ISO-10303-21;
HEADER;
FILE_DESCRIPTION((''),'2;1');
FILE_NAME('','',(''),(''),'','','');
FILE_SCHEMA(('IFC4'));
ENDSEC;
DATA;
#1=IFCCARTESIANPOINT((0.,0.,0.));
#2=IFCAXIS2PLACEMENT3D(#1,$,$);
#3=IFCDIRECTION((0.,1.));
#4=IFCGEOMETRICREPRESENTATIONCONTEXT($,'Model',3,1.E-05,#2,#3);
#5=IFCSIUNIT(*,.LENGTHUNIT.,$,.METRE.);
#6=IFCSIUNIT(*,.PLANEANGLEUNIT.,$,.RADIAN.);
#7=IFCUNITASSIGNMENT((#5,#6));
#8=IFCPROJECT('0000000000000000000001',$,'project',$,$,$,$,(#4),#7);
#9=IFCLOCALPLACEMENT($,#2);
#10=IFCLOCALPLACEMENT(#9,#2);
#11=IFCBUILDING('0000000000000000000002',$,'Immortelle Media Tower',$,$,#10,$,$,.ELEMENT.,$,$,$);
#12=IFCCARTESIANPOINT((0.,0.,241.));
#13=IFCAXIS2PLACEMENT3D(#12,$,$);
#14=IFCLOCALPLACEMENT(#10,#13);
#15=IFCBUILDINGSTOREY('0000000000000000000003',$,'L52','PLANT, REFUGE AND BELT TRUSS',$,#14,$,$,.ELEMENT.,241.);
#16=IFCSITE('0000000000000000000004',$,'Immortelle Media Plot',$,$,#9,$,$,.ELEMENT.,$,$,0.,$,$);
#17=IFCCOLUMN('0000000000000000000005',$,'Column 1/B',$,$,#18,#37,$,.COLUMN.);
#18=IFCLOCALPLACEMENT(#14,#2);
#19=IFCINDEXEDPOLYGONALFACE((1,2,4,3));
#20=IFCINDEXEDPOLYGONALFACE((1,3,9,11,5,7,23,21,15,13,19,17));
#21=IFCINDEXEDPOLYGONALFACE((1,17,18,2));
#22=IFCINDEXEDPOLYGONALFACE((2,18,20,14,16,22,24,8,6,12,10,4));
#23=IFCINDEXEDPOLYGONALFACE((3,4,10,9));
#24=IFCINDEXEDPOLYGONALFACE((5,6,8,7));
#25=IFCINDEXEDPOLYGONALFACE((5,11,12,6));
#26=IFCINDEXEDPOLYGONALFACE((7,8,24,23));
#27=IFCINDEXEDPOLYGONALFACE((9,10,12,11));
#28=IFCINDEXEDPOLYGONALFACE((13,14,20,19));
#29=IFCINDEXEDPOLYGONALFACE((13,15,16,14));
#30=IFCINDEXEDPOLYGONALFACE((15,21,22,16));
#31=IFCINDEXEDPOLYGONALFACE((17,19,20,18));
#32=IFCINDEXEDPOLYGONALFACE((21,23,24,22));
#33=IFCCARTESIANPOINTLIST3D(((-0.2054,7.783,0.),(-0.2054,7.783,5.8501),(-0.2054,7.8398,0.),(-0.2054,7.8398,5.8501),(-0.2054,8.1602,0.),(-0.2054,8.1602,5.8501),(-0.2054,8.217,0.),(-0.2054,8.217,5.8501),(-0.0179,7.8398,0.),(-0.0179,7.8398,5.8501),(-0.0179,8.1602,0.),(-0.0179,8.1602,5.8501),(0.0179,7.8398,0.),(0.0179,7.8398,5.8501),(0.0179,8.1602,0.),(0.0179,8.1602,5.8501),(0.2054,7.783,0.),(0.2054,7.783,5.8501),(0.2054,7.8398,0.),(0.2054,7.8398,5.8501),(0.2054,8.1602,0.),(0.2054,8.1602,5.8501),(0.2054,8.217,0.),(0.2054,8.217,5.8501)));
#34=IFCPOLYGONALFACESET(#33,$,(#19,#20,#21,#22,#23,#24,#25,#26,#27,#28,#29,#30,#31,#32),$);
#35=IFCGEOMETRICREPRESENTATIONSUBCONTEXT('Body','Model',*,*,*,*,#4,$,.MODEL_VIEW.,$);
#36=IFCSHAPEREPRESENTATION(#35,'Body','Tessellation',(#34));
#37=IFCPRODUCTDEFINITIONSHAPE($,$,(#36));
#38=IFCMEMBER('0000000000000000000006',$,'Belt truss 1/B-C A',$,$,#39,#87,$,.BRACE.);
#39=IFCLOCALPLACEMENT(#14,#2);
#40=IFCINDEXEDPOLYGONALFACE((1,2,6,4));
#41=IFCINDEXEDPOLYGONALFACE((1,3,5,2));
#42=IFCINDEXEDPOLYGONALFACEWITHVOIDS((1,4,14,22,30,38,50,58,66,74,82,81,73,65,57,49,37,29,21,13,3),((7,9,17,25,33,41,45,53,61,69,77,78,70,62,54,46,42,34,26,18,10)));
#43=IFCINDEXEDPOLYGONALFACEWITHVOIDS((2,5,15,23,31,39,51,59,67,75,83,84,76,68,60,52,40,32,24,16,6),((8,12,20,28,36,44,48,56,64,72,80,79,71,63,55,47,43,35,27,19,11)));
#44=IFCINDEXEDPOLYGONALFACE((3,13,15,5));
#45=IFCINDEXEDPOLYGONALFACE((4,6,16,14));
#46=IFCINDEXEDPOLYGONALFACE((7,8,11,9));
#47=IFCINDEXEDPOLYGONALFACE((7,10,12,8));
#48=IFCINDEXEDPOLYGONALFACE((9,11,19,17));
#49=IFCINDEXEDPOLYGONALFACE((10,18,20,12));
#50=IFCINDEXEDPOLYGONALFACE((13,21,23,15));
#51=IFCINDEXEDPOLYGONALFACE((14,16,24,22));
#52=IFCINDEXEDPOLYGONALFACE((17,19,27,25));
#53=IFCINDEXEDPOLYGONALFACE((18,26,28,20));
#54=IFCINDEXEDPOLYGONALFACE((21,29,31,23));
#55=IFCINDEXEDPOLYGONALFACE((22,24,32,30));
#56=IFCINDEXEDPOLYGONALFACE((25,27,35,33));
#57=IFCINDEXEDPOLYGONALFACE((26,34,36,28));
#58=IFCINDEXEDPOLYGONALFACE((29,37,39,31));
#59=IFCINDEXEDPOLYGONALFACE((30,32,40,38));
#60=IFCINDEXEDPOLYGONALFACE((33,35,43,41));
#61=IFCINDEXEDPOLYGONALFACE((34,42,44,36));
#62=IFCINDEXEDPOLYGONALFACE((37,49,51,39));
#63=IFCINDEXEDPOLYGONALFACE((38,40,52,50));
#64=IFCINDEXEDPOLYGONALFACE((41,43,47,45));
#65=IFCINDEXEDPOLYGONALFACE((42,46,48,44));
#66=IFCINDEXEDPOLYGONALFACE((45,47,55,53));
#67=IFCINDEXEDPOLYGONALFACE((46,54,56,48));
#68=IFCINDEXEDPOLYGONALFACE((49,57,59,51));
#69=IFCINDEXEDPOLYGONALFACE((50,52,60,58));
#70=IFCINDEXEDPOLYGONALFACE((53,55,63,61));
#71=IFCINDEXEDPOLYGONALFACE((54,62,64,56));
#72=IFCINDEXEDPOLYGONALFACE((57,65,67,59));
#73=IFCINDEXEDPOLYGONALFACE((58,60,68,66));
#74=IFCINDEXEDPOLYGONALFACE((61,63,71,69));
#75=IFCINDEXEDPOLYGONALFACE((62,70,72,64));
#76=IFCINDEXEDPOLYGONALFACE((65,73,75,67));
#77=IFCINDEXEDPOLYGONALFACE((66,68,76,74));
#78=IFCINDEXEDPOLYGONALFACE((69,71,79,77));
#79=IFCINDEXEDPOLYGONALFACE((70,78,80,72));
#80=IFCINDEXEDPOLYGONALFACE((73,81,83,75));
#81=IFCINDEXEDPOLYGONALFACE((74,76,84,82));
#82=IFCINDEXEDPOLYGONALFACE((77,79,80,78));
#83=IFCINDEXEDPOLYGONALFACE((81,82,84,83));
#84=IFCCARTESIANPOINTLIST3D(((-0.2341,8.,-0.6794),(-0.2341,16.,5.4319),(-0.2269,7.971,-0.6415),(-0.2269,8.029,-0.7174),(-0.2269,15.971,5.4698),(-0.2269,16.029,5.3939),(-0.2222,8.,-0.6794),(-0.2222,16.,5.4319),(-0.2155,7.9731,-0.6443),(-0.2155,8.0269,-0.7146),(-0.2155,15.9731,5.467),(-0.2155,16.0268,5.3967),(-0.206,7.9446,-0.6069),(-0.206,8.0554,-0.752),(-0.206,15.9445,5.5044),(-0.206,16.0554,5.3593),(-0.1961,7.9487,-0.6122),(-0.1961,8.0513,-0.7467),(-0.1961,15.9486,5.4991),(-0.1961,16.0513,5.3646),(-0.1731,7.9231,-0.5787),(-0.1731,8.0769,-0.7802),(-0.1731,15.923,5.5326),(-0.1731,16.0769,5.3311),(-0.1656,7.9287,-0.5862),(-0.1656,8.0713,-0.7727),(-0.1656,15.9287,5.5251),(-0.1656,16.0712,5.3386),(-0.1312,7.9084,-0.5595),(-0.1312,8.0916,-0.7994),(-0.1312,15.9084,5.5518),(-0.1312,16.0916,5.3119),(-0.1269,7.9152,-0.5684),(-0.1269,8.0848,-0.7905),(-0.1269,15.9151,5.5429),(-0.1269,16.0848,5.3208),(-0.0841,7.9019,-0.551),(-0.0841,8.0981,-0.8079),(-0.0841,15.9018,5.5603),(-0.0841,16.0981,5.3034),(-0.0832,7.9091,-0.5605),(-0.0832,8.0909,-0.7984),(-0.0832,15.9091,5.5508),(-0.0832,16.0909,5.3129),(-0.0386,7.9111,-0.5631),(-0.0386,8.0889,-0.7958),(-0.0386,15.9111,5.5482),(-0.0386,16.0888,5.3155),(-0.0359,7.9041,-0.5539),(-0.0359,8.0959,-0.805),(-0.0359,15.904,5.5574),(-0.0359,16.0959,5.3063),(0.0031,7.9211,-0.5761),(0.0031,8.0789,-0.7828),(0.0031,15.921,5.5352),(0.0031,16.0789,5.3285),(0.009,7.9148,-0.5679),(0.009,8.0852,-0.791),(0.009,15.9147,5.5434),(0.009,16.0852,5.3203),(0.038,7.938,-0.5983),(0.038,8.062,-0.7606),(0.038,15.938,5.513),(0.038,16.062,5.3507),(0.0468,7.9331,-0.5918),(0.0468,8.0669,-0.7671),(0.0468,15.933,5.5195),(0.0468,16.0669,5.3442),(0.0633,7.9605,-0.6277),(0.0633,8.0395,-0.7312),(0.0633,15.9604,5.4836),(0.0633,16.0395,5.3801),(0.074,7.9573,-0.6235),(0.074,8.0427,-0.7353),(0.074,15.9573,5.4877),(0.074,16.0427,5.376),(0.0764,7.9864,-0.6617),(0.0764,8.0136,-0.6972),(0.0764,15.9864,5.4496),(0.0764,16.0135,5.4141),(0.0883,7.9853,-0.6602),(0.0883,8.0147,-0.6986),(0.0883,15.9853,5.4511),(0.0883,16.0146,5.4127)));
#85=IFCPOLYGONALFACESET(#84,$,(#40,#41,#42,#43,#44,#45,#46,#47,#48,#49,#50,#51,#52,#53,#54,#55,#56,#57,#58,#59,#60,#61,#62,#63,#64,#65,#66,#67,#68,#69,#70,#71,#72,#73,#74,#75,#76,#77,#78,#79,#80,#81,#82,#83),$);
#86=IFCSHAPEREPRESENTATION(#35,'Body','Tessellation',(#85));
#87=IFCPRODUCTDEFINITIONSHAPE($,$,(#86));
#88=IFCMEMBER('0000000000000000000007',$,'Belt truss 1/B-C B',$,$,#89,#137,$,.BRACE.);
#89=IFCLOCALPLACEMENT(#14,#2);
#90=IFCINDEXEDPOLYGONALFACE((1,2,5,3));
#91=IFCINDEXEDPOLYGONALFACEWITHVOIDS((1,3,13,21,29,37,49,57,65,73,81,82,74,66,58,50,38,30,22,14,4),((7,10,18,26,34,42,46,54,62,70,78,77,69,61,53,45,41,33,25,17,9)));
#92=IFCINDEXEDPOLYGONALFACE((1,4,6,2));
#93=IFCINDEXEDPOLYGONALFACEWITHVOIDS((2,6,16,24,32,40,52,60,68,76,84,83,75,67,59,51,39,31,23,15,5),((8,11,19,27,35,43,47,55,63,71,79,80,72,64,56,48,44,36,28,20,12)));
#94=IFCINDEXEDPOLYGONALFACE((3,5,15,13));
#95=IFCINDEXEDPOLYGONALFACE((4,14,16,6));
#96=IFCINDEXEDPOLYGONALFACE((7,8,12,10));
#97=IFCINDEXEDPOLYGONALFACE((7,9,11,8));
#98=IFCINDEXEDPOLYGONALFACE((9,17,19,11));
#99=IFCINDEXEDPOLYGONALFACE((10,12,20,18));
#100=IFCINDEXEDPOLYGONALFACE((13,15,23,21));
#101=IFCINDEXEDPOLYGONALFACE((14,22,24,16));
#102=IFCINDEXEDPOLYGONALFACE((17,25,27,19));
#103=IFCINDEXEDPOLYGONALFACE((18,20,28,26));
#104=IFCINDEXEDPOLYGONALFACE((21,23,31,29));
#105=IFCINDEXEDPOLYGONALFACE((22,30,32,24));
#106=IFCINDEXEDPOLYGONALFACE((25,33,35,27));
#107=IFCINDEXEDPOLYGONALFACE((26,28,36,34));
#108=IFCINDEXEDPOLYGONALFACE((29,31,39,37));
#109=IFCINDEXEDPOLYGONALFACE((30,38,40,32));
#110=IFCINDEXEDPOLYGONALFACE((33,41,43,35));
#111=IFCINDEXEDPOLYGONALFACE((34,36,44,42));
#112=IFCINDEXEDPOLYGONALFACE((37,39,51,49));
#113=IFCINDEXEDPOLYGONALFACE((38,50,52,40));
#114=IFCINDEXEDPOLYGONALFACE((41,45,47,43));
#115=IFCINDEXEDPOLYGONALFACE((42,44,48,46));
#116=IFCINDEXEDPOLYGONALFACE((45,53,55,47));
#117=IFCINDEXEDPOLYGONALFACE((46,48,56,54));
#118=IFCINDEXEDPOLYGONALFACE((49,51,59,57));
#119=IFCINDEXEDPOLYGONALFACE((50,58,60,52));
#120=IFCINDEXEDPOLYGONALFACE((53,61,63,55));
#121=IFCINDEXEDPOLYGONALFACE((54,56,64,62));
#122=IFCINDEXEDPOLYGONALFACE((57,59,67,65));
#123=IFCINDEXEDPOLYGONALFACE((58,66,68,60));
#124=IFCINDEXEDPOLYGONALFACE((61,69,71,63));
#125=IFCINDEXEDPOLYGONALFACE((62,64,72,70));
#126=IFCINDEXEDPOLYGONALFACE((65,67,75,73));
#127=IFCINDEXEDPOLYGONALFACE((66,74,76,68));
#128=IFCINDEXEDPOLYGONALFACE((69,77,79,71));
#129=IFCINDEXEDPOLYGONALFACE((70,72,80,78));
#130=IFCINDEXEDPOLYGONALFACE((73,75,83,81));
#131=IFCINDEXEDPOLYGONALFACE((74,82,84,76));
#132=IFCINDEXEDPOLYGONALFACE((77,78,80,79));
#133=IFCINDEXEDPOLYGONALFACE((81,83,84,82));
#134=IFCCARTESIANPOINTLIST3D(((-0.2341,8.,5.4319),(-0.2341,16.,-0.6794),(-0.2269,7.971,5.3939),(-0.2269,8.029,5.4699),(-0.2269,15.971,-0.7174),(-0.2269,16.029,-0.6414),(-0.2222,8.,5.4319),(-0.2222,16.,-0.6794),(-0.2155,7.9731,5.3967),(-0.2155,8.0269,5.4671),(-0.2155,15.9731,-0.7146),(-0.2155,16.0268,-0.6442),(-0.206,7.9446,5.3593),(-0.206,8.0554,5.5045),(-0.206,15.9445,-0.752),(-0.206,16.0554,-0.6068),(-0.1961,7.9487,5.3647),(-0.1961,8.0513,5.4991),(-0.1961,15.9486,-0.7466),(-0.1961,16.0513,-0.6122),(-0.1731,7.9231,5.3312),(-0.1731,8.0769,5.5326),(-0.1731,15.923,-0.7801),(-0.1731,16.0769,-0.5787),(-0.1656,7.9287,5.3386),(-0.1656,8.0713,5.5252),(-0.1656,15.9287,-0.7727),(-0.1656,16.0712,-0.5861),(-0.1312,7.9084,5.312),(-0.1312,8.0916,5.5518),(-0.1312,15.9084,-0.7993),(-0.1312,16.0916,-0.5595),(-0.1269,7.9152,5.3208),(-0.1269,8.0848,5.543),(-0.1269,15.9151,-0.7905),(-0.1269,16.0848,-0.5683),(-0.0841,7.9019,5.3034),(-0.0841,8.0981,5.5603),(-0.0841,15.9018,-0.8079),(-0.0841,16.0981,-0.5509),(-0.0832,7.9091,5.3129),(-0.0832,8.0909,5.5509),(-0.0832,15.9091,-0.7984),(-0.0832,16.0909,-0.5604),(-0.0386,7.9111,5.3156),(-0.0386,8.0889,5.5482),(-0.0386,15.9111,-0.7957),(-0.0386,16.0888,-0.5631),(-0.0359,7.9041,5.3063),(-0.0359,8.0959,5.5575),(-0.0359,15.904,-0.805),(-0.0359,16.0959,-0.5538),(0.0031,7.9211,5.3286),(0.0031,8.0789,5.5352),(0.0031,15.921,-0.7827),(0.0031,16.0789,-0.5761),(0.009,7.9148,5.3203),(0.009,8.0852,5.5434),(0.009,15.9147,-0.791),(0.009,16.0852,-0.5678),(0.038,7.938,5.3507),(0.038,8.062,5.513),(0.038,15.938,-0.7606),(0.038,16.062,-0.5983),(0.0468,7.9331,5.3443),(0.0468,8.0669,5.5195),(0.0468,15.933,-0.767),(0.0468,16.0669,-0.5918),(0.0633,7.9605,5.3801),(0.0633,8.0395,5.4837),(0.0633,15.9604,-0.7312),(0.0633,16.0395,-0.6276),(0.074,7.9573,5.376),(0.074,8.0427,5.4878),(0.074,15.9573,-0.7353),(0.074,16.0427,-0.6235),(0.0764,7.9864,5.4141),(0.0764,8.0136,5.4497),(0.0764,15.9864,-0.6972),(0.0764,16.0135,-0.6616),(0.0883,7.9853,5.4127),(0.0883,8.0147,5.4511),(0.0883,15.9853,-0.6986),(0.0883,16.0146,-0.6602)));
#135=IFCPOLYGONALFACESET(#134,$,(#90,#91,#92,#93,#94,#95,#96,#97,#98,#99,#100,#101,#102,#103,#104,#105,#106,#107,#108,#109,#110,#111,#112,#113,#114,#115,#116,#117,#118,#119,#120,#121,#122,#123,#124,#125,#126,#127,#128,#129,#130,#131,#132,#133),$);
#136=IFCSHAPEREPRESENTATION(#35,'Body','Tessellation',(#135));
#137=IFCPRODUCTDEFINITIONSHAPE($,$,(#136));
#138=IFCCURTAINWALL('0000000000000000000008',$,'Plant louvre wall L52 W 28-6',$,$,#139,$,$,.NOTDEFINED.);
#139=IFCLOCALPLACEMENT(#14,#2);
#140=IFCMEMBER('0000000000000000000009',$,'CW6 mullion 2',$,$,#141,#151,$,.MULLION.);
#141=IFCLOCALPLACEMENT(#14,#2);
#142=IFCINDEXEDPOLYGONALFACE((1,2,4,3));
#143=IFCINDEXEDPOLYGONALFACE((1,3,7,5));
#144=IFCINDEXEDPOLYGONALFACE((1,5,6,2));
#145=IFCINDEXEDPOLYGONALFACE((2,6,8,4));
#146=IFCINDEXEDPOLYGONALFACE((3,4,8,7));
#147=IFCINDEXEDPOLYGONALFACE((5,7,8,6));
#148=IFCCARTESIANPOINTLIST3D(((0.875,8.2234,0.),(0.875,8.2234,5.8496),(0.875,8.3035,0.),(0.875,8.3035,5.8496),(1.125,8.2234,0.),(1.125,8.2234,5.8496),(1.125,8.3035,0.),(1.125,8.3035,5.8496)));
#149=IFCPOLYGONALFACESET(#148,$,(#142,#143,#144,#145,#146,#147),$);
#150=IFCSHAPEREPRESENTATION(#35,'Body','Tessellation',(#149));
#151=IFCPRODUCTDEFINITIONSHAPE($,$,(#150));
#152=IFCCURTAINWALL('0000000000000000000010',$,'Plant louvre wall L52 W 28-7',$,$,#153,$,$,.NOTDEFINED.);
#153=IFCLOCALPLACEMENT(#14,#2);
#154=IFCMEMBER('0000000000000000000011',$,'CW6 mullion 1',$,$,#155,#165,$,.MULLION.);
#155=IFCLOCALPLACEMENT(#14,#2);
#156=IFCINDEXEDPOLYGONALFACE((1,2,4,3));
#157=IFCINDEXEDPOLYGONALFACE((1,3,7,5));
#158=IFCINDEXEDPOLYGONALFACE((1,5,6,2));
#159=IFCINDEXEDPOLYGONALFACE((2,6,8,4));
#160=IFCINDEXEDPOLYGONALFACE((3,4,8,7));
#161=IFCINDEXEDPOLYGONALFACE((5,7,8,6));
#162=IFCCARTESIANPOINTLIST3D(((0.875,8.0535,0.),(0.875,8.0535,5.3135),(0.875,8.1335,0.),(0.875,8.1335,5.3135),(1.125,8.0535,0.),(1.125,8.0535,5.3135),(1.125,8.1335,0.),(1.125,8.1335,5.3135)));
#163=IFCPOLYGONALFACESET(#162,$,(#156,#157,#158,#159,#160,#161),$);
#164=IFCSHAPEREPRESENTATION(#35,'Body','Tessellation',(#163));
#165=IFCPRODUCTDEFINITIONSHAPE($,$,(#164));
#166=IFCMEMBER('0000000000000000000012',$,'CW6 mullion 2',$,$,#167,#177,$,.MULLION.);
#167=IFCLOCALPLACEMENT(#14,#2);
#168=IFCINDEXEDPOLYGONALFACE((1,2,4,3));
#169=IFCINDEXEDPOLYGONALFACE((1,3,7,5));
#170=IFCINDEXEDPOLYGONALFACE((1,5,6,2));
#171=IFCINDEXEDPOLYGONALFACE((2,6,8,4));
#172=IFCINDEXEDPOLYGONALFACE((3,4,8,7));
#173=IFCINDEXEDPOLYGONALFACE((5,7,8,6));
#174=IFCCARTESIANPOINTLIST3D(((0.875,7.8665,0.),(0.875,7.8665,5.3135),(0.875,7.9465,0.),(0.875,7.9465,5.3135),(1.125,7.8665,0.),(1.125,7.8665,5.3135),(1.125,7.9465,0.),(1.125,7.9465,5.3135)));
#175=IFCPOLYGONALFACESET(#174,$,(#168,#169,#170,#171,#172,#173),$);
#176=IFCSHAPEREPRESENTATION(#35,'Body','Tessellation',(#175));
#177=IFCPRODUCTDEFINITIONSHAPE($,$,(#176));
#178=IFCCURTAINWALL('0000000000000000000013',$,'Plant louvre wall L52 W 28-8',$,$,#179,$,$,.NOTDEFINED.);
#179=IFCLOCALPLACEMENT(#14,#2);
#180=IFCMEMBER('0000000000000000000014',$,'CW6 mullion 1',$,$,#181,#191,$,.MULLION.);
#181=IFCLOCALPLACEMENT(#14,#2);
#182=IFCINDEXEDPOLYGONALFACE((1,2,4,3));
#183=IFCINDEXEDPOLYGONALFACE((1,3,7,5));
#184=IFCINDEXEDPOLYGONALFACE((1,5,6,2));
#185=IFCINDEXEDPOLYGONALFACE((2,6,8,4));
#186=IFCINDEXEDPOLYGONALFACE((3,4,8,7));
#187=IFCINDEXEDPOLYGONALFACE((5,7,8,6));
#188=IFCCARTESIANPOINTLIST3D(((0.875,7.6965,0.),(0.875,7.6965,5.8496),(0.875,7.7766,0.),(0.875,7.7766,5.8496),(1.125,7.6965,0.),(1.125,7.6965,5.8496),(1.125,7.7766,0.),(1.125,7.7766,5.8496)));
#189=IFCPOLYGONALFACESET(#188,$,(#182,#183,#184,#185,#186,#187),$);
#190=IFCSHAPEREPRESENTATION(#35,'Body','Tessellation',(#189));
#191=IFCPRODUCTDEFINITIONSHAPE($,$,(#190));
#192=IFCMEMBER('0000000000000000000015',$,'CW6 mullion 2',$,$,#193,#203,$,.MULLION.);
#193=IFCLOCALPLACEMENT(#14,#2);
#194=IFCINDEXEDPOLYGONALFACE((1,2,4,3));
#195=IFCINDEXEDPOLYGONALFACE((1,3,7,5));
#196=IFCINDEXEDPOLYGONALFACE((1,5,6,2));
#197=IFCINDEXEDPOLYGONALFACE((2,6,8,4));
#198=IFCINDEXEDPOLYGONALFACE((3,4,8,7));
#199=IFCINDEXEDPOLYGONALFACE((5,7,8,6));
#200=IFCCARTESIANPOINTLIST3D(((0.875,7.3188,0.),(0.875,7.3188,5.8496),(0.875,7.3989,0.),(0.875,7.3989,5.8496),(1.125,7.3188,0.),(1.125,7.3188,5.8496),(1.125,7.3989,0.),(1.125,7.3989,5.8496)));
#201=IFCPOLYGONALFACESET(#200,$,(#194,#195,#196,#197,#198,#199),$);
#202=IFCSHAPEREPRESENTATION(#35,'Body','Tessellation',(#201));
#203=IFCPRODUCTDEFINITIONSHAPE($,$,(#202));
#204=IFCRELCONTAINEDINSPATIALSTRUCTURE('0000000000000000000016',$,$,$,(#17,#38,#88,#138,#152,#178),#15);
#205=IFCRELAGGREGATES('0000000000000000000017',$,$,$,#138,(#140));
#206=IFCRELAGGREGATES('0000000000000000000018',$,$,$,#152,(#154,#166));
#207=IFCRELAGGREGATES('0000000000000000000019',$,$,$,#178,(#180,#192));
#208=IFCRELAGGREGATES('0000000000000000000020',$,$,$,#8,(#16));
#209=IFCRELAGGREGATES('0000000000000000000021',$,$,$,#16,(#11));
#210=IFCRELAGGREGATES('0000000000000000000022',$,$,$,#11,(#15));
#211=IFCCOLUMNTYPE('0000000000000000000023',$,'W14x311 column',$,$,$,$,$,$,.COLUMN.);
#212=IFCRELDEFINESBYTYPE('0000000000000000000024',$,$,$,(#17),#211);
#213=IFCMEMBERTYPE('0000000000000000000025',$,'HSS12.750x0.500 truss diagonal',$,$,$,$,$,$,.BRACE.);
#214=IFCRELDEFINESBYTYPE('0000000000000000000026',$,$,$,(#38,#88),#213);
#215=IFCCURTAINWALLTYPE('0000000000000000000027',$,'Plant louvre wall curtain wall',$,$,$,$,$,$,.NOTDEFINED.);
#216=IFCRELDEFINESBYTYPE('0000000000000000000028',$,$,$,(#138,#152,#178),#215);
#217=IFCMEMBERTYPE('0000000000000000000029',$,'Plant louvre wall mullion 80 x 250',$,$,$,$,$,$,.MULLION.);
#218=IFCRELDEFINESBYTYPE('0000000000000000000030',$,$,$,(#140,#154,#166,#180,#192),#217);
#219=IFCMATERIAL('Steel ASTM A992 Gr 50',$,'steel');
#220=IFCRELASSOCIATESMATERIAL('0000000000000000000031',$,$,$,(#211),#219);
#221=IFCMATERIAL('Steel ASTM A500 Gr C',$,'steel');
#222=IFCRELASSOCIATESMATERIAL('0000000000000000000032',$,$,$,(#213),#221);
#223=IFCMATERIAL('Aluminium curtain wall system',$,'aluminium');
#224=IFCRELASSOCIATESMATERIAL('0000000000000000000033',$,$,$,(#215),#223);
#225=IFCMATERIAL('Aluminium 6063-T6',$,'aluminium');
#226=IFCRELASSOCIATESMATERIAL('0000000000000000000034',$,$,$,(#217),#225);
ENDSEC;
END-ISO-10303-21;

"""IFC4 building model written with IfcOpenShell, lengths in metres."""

from ifc_helpers import new_model, si_unit, direction, frame, origin, origin_2d, place, context, subcontext, project, spatial, rectangle, hollow_circle, i_section, extrude, material, material_profile, profile_set, type_object, element, aggregate, save


model = new_model("IFC4")

# Units and contexts
model_context = context("Model", 3, precision=1e-05, world=origin(), true_north=direction((0.0, 1.0)))
body_context = subcontext(model_context, "Body", "Model", "MODEL_VIEW")
ifc_project = project(units=[si_unit("LENGTHUNIT", "METRE"), si_unit("PLANEANGLEUNIT", "RADIAN")], contexts=[model_context])

# Site, building, storey
site_placement = place(None, origin())
site = spatial("IfcSite", under=ifc_project, at=site_placement, Name="Immortelle Media Plot", CompositionType="ELEMENT", RefElevation=0.0)
building_placement = place(site_placement, origin())
building = spatial("IfcBuilding", under=site, at=building_placement, Name="Immortelle Media Tower", CompositionType="ELEMENT")
storey_placement = place(building_placement, frame((0.0, 0.0, 241.0)))
storey = spatial("IfcBuildingStorey", under=building, at=storey_placement, Name="L52", Description="PLANT, REFUGE AND BELT TRUSS", CompositionType="ELEMENT", Elevation=241.0)

# Column
ifc_material_1 = material(Name="Steel ASTM A992 Gr 50", Category="steel")
ifc_material_profile_1 = material_profile(ifc_material_1, i_section(OverallWidth=0.4109, OverallDepth=0.4341, WebThickness=0.0359, FlangeThickness=0.0569, at=origin_2d()), Name="W14x311")
ifc_profile_set_1 = profile_set([ifc_material_profile_1], Name="Steel ASTM A992 Gr 50")
column_type = type_object("IfcColumnType", Name="W14x311 column", PredefinedType="COLUMN", material=ifc_profile_set_1)
column_placement = place(storey_placement, frame((0.0, 8.0, 0.0), z_axis=(0.0, 0.0, 1.0), x_axis=(1.0, 0.0, 0.0)))
element("IfcColumn", 1, at=column_placement, inside=storey, type_object=column_type, Name="Column 1/B", PredefinedType="COLUMN", context=body_context, shape_type="SweptSolid", body=[
    extrude(i_section(OverallWidth=0.4109, OverallDepth=0.4341, WebThickness=0.0359, FlangeThickness=0.0569, at=origin_2d()), origin(), (0.0, 0.0, 1.0), 5.8501),
])

# Members
ifc_material_2 = material(Name="Steel ASTM A500 Gr C", Category="steel")
ifc_material_profile_2 = material_profile(ifc_material_2, hollow_circle(Radius=0.1621, WallThickness=0.012, at=origin_2d()), Name="HSS12.750x0.500 truss diagonal")
ifc_profile_set_2 = profile_set([ifc_material_profile_2], Name="Steel ASTM A500 Gr C")
member_type_1 = type_object("IfcMemberType", Name="HSS12.750x0.500 truss diagonal", PredefinedType="BRACE", material=ifc_profile_set_2)
for number, where, z_axis, x_axis, name in (
    (2, (-0.072, 8.0, -0.6794), (0.0, 0.794661, 0.607054), (-1.0, 0.0, 0.0), "Belt truss 1/B-C A"),
    (3, (-0.072, 8.0, 5.4319), (0.0, 0.794661, -0.607054), (-1.0, 0.0, 0.0), "Belt truss 1/B-C B"),
):
    element("IfcMember", number, at=place(storey_placement, frame(where, z_axis=z_axis, x_axis=x_axis)), inside=storey, type_object=member_type_1, Name=name, PredefinedType="BRACE", context=body_context, shape_type="SweptSolid", body=[
        extrude(hollow_circle(Radius=0.1621, WallThickness=0.012, at=origin_2d()), origin(), (0.0, 0.0, 1.0), 10.0671),
    ])

# Curtain wall, member
ifc_material_3 = material(Name="Aluminium curtain wall system", Category="aluminium")
curtain_wall_type = type_object("IfcCurtainWallType", Name="Plant louvre wall curtain wall", PredefinedType="NOTDEFINED", material=ifc_material_3)
curtain_wall_1_placement = place(storey_placement, origin())
curtain_wall_1 = element("IfcCurtainWall", 4, at=curtain_wall_1_placement, inside=storey, type_object=curtain_wall_type, Name="Plant louvre wall L52 W 28-6", PredefinedType="NOTDEFINED")
ifc_material_4 = material(Name="Aluminium 6063-T6", Category="aluminium")
ifc_material_profile_3 = material_profile(ifc_material_4, rectangle(XDim=0.25, YDim=0.0801, at=origin_2d()), Name="AL 80x250")
ifc_profile_set_3 = profile_set([ifc_material_profile_3], Name="Aluminium 6063-T6")
member_type_2 = type_object("IfcMemberType", Name="Plant louvre wall mullion 80 x 250", PredefinedType="MULLION", material=ifc_profile_set_3)
member_1_placement = place(storey_placement, frame((1.0, 8.2634, 0.0), z_axis=(0.0, 0.0, 1.0), x_axis=(1.0, 0.0, 0.0)))
member_1 = element("IfcMember", 5, at=member_1_placement, type_object=member_type_2, Name="CW6 mullion 2", PredefinedType="MULLION", context=body_context, shape_type="SweptSolid", body=[
    extrude(rectangle(XDim=0.25, YDim=0.0801, at=origin_2d()), origin(), (0.0, 0.0, 1.0), 5.8496),
])

# Curtain walls, members
curtain_wall_2_placement = place(storey_placement, origin())
curtain_wall_2 = element("IfcCurtainWall", 6, at=curtain_wall_2_placement, inside=storey, type_object=curtain_wall_type, Name="Plant louvre wall L52 W 28-7", PredefinedType="NOTDEFINED")
member_2_placement = place(storey_placement, frame((1.0, 8.0935, 0.0), z_axis=(0.0, 0.0, 1.0), x_axis=(1.0, 0.0, 0.0)))
member_2 = element("IfcMember", 7, at=member_2_placement, type_object=member_type_2, Name="CW6 mullion 1", PredefinedType="MULLION", context=body_context, shape_type="SweptSolid", body=[
    extrude(rectangle(XDim=0.25, YDim=0.0801, at=origin_2d()), origin(), (0.0, 0.0, 1.0), 5.3135),
])
member_3_placement = place(storey_placement, frame((1.0, 7.9065, 0.0), z_axis=(0.0, 0.0, 1.0), x_axis=(1.0, 0.0, 0.0)))
member_3 = element("IfcMember", 8, at=member_3_placement, type_object=member_type_2, Name="CW6 mullion 2", PredefinedType="MULLION", context=body_context, shape_type="SweptSolid", body=[
    extrude(rectangle(XDim=0.25, YDim=0.0801, at=origin_2d()), origin(), (0.0, 0.0, 1.0), 5.3135),
])
curtain_wall_3_placement = place(storey_placement, origin())
curtain_wall_3 = element("IfcCurtainWall", 9, at=curtain_wall_3_placement, inside=storey, type_object=curtain_wall_type, Name="Plant louvre wall L52 W 28-8", PredefinedType="NOTDEFINED")
member_4_placement = place(storey_placement, frame((1.0, 7.7366, 0.0), z_axis=(0.0, 0.0, 1.0), x_axis=(1.0, 0.0, 0.0)))
member_4 = element("IfcMember", 10, at=member_4_placement, type_object=member_type_2, Name="CW6 mullion 1", PredefinedType="MULLION", context=body_context, shape_type="SweptSolid", body=[
    extrude(rectangle(XDim=0.25, YDim=0.0801, at=origin_2d()), origin(), (0.0, 0.0, 1.0), 5.8496),
])
member_5_placement = place(storey_placement, frame((1.0, 7.3589, 0.0), z_axis=(0.0, 0.0, 1.0), x_axis=(1.0, 0.0, 0.0)))
member_5 = element("IfcMember", 11, at=member_5_placement, type_object=member_type_2, Name="CW6 mullion 2", PredefinedType="MULLION", context=body_context, shape_type="SweptSolid", body=[
    extrude(rectangle(XDim=0.25, YDim=0.0801, at=origin_2d()), origin(), (0.0, 0.0, 1.0), 5.8496),
])

aggregate(curtain_wall_1, [member_1])
aggregate(curtain_wall_2, [member_2, member_3])
aggregate(curtain_wall_3, [member_4, member_5])

save(model, "model.ifc")
